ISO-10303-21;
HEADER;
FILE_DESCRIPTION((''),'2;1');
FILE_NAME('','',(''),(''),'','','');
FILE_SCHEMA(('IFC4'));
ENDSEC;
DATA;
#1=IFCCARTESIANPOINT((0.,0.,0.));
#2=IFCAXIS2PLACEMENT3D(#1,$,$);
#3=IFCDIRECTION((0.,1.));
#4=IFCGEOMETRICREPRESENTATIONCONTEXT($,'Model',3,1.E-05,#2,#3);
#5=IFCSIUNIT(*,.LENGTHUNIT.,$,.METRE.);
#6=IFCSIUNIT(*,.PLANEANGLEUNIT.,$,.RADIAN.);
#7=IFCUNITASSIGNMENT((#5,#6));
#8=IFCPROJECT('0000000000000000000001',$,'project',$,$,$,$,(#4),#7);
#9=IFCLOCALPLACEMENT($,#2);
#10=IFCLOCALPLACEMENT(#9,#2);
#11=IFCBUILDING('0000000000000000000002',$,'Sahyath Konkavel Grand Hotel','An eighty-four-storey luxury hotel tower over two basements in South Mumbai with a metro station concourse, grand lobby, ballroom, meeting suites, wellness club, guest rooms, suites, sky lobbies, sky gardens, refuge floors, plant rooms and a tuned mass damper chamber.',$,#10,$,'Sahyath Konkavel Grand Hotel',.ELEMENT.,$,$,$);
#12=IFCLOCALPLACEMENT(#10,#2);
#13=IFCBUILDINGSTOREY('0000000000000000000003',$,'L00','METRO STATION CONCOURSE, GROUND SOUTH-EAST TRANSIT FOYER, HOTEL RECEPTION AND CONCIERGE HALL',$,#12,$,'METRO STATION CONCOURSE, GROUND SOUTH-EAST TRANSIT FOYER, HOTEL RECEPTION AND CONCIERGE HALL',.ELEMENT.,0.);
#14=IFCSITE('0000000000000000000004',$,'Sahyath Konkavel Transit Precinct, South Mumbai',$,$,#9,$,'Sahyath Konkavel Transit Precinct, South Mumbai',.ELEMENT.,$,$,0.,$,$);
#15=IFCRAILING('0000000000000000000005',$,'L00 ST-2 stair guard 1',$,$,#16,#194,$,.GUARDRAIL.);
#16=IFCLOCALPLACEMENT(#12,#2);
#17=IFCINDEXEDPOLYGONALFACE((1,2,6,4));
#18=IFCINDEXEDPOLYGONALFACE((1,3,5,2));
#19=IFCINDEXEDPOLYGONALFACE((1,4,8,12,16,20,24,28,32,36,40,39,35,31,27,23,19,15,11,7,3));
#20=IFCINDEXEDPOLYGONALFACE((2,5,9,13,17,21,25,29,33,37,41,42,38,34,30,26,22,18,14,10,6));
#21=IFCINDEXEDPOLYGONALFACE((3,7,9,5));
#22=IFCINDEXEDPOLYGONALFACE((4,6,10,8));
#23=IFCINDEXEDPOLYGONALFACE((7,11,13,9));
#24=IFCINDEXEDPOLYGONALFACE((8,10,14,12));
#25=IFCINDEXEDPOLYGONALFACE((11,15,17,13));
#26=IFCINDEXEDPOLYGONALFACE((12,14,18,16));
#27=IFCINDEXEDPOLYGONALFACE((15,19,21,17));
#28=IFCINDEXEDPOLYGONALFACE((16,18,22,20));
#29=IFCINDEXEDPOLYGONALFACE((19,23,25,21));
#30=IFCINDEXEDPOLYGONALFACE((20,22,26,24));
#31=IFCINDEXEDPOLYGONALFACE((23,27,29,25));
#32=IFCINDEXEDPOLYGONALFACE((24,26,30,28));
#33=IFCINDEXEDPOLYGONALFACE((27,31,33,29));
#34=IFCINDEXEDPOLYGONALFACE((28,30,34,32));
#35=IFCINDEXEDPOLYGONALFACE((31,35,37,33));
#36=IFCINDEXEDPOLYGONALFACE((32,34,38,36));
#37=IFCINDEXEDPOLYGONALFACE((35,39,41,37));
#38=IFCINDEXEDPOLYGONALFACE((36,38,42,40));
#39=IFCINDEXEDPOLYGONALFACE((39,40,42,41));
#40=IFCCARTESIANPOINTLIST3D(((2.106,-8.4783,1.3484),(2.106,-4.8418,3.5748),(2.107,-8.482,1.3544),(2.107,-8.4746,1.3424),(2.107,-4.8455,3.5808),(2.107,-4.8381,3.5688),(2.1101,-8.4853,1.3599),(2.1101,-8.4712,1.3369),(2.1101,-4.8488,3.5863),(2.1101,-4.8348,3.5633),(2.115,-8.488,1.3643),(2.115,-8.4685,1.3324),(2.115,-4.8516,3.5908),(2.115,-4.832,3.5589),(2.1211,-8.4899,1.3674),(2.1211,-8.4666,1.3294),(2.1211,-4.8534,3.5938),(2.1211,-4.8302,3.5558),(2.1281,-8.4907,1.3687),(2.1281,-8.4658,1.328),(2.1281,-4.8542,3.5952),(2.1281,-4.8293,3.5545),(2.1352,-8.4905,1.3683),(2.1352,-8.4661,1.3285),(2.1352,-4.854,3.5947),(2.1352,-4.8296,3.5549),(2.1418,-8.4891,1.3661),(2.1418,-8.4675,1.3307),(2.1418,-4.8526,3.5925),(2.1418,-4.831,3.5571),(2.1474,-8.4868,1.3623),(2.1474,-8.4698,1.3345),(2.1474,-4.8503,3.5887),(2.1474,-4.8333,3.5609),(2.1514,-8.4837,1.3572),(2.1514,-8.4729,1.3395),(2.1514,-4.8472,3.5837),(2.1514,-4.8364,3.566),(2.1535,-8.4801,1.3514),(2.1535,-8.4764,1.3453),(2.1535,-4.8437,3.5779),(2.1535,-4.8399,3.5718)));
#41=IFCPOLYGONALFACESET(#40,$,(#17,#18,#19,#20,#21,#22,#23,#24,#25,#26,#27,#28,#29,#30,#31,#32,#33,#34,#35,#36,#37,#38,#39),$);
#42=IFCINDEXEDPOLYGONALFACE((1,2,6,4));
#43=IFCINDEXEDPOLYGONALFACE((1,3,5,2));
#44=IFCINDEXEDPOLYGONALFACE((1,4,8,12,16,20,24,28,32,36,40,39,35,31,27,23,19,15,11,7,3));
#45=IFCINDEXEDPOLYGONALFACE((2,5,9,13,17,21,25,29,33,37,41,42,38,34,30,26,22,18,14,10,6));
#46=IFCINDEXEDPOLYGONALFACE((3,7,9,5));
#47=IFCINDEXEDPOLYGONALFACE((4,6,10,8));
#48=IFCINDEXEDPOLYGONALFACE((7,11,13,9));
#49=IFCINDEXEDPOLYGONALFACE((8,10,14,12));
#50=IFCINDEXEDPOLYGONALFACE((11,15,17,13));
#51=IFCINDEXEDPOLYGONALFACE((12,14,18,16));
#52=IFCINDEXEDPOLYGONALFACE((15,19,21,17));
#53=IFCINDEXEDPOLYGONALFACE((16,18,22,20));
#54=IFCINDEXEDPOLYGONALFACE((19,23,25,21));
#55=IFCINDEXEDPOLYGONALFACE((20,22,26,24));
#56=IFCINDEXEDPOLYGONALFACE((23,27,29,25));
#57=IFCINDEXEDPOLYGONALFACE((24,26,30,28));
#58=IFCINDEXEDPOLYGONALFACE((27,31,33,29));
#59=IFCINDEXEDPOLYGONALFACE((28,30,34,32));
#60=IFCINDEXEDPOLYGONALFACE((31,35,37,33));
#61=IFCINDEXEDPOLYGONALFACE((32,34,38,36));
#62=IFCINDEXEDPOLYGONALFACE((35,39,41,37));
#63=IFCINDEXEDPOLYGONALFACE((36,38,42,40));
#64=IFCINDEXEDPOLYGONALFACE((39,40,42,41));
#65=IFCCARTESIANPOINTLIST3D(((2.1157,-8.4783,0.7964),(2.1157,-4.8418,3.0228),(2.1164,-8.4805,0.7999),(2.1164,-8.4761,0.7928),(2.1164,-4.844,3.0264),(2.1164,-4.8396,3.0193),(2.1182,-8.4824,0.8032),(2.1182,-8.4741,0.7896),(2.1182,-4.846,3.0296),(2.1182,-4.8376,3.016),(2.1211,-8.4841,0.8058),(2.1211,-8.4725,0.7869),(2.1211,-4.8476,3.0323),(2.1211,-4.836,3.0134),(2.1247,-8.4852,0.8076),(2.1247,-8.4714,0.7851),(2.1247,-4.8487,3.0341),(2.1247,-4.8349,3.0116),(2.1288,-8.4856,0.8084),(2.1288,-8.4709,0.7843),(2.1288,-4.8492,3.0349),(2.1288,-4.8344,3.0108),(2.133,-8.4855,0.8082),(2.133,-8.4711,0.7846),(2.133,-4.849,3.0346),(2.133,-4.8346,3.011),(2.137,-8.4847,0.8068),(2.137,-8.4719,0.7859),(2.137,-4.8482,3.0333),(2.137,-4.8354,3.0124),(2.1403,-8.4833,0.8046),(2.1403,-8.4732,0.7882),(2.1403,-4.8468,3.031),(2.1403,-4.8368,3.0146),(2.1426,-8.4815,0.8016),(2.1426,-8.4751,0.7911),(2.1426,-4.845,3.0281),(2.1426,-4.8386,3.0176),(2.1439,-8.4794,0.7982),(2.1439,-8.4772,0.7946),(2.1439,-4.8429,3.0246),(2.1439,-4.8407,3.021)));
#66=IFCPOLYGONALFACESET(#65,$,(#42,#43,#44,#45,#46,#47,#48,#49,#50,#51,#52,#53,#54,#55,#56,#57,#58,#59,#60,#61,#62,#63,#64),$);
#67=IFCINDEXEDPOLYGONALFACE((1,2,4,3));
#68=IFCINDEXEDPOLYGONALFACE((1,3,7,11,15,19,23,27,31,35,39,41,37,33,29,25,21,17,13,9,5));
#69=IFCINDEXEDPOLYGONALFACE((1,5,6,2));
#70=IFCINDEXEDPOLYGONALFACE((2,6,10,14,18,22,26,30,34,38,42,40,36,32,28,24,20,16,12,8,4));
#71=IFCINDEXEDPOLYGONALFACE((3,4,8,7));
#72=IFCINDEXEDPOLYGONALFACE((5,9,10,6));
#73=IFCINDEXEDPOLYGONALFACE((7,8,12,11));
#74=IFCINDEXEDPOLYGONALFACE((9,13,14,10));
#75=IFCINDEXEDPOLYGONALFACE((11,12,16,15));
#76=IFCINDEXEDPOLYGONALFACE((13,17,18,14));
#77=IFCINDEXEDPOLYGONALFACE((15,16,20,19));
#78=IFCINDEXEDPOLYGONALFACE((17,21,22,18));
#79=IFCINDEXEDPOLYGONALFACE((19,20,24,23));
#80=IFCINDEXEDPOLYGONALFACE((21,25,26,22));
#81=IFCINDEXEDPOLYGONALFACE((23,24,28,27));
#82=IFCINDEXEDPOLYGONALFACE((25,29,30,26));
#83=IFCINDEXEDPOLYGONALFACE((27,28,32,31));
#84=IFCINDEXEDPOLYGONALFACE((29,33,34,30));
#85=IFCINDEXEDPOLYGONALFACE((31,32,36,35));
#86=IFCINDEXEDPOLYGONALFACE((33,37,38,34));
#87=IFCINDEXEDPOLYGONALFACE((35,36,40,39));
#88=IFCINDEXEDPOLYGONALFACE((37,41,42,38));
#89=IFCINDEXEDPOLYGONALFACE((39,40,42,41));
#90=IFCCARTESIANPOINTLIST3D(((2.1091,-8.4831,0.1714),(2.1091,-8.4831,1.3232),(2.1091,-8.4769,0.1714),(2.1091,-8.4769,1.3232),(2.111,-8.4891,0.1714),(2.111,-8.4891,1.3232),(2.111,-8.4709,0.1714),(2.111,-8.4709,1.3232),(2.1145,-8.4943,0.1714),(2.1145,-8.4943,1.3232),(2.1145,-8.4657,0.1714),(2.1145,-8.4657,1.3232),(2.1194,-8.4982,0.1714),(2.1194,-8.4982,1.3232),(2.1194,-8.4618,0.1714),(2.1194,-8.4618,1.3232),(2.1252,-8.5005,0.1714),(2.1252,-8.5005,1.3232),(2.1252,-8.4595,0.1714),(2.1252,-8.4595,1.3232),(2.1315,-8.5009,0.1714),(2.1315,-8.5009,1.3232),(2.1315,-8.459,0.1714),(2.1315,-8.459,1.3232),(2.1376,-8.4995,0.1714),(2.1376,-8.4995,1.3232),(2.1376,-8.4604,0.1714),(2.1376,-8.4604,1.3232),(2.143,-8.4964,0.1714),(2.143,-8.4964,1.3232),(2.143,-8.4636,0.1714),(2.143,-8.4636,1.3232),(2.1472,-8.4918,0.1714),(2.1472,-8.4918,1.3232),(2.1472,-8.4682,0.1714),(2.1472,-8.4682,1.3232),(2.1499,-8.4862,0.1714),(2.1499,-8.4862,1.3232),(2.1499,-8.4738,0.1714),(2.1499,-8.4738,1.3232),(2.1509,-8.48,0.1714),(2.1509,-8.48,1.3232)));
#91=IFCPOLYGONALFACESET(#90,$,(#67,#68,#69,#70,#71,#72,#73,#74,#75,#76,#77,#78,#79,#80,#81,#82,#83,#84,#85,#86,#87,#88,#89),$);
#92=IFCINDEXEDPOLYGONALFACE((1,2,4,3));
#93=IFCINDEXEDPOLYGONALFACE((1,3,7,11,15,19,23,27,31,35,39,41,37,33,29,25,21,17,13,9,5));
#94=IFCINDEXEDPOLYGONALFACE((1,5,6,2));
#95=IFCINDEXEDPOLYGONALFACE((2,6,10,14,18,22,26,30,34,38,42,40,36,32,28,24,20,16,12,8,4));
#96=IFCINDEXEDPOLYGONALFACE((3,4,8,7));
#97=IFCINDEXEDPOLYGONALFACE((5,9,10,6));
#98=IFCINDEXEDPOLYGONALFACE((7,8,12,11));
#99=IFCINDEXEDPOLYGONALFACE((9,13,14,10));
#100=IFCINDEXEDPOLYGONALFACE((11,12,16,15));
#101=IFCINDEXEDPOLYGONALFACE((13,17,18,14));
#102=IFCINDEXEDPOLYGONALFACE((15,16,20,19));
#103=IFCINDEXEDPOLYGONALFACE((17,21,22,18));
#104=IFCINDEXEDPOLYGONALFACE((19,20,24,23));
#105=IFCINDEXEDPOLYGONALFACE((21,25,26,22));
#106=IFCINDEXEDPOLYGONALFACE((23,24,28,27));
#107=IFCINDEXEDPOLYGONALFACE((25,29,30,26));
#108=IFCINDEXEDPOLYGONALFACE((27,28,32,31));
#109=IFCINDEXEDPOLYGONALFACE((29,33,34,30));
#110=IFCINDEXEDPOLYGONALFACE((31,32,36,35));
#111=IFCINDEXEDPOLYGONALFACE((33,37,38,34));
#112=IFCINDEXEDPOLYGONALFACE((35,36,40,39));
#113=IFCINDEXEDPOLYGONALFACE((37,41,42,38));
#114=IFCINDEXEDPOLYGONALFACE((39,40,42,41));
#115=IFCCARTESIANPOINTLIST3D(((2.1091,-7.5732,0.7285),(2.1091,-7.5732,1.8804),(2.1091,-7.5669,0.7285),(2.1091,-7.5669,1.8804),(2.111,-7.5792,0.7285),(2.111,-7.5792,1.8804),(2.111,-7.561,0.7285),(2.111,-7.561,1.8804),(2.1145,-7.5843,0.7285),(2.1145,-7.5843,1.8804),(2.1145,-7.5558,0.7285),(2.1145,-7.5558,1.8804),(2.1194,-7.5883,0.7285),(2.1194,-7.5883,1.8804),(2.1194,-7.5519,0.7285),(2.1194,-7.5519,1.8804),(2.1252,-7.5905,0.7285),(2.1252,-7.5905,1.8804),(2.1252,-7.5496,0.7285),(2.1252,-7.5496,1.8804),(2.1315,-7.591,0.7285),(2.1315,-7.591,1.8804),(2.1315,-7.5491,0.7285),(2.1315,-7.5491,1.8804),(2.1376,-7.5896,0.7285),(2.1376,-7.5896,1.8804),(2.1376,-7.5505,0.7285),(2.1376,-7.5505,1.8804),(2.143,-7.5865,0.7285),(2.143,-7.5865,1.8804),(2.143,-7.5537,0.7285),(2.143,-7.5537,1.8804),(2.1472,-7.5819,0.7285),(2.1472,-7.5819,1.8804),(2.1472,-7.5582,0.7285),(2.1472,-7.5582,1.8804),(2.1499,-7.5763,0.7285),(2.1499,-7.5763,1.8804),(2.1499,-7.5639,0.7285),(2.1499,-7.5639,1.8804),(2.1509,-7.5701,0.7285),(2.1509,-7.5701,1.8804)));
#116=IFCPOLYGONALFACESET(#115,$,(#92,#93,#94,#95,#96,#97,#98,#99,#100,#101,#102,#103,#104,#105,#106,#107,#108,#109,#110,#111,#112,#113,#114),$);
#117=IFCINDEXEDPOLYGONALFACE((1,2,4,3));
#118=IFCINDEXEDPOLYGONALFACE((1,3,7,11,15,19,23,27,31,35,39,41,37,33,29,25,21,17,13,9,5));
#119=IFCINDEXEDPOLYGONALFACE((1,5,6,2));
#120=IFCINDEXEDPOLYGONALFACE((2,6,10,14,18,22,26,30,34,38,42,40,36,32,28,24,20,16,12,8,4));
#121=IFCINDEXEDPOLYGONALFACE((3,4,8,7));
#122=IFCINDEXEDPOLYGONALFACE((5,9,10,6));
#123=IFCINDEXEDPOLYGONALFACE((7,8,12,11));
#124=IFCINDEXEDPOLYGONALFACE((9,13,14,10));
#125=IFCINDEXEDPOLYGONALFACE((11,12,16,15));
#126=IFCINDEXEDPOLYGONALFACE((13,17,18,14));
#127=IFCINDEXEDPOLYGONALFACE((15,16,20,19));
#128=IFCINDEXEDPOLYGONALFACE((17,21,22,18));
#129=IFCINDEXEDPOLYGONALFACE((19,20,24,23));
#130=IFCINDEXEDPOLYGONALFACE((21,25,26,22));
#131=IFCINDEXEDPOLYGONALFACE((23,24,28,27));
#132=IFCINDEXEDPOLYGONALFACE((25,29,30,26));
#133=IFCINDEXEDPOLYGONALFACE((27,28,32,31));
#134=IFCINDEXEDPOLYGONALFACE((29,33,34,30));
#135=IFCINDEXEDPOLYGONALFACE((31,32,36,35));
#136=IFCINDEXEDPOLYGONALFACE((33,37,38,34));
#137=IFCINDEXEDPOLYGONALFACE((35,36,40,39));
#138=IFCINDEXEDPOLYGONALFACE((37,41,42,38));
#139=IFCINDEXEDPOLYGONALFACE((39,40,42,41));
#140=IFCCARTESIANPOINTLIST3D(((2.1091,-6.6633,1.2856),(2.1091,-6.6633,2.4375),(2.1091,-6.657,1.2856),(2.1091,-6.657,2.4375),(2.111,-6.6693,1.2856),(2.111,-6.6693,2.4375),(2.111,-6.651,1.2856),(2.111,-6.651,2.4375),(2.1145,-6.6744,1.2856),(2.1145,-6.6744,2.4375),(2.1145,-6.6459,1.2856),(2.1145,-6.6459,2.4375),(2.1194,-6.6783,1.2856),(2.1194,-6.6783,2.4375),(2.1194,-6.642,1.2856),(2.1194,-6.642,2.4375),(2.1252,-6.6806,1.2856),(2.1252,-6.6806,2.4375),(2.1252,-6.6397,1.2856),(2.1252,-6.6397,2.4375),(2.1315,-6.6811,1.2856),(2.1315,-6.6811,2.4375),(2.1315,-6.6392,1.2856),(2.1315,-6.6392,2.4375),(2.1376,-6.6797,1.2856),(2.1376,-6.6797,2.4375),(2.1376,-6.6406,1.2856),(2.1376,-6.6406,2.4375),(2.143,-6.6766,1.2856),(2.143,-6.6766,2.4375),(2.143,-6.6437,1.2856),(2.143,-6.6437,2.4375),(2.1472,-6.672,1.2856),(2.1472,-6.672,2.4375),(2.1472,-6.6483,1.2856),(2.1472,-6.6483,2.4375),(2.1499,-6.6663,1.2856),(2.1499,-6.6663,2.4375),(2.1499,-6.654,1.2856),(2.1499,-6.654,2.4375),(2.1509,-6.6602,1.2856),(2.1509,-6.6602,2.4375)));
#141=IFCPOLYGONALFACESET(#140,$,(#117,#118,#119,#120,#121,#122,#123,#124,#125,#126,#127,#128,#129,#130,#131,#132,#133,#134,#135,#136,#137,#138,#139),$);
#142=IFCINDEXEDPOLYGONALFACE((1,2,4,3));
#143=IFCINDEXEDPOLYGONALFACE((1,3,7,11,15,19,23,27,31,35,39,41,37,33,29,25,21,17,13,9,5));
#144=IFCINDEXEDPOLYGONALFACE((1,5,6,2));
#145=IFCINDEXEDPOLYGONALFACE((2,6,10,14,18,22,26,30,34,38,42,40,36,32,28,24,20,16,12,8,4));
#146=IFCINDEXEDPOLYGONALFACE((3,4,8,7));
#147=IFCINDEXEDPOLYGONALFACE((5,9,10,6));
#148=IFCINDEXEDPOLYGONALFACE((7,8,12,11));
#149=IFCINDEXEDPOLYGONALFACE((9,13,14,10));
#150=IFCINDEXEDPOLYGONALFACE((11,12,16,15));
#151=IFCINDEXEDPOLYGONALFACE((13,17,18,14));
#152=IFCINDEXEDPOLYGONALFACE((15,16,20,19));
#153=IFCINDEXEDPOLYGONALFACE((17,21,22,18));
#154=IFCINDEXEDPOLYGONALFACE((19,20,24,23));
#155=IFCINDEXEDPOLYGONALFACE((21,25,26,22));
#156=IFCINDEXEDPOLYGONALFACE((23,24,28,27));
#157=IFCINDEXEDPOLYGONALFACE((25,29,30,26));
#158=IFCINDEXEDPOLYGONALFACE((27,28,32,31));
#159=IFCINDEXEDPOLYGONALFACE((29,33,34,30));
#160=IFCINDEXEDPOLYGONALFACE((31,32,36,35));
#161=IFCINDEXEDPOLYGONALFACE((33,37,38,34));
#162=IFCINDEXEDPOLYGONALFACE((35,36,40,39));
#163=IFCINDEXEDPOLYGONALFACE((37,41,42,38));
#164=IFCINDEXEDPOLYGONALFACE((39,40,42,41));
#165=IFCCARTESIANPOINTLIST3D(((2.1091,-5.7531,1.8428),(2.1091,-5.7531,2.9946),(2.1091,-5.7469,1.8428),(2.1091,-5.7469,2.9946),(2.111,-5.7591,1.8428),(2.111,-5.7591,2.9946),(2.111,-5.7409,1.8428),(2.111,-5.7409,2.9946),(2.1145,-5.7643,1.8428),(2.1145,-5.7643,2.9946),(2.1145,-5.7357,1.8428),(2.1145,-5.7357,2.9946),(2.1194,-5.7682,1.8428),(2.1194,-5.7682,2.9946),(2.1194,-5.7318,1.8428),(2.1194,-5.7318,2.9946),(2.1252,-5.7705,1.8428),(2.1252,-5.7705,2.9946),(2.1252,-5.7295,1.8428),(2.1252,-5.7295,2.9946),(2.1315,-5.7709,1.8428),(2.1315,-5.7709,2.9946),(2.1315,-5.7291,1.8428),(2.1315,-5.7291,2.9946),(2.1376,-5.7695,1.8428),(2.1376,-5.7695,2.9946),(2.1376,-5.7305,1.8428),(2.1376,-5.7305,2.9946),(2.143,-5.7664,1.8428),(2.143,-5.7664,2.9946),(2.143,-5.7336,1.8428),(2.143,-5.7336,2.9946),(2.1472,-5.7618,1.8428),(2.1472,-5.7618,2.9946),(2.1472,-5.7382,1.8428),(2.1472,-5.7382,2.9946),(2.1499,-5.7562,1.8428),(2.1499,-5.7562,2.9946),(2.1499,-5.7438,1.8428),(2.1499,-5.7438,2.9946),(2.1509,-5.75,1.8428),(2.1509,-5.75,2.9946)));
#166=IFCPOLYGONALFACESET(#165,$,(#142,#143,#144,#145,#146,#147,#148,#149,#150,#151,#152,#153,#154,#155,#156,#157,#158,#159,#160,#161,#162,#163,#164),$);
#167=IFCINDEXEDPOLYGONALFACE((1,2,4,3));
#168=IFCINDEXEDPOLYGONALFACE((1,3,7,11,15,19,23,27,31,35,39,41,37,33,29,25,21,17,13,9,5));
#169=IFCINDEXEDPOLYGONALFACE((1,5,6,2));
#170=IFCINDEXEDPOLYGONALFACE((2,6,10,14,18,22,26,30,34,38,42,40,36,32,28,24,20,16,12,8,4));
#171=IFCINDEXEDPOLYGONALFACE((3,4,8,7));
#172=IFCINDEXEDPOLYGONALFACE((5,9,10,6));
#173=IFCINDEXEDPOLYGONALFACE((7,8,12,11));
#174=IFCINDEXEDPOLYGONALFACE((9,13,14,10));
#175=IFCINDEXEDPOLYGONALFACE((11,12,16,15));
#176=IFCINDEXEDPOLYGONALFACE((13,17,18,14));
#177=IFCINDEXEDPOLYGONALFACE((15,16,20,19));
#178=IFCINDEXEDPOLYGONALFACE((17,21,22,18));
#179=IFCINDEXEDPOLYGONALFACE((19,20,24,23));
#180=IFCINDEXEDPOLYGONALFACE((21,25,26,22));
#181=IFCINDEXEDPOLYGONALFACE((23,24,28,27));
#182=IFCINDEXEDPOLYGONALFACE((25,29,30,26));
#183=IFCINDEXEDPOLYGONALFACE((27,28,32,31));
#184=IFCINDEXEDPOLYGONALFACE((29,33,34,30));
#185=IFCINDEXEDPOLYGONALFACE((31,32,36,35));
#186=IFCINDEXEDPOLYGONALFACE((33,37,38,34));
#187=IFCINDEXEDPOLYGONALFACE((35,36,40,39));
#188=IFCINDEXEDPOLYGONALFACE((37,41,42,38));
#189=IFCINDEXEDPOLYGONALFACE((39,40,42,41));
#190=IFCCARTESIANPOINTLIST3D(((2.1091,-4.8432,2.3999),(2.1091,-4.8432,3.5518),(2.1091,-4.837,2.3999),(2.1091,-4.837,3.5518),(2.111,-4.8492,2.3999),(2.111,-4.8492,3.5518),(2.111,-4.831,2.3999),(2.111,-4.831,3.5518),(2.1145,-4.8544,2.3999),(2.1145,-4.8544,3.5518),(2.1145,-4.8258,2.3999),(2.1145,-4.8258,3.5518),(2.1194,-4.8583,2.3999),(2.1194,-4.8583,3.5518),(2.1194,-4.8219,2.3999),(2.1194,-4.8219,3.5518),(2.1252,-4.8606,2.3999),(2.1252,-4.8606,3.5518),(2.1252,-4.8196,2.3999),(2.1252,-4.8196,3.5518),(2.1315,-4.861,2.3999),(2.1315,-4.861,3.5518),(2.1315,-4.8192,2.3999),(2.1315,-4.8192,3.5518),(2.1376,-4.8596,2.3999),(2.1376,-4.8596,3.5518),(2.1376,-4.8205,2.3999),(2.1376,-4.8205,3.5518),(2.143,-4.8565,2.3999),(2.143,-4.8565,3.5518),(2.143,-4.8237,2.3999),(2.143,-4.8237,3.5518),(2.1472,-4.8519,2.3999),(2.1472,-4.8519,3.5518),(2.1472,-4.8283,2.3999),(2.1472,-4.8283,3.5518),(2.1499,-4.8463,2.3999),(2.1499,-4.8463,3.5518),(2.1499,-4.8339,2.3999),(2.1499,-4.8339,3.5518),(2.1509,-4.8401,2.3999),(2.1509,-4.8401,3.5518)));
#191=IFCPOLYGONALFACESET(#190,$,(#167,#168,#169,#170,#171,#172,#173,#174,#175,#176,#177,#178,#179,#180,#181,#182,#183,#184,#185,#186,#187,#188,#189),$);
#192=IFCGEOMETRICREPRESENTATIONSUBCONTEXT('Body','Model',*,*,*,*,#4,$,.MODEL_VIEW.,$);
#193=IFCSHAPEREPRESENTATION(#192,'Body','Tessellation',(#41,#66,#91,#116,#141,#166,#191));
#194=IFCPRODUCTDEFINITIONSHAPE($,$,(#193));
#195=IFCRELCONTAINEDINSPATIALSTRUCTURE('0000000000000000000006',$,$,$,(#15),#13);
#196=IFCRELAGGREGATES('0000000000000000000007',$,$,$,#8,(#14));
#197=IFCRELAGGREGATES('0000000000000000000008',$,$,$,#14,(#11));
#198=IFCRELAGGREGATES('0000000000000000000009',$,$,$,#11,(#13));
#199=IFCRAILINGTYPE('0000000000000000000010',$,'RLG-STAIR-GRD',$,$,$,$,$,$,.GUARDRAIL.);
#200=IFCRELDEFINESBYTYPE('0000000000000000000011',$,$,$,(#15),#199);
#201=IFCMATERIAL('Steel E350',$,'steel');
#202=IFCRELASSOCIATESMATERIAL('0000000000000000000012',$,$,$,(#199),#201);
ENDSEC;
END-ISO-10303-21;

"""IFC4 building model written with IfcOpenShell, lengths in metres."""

from ifc_helpers import new_model, si_unit, direction, frame, origin, origin_2d, place, context, subcontext, project, spatial, circle, extrude, material, type_object, element, save


model = new_model("IFC4")

# Units and contexts
model_context = context("Model", 3, precision=1e-05, world=origin(), true_north=direction((0.0, 1.0)))
body_context = subcontext(model_context, "Body", "Model", "MODEL_VIEW")
ifc_project = project(units=[si_unit("LENGTHUNIT", "METRE"), si_unit("PLANEANGLEUNIT", "RADIAN")], contexts=[model_context])

# Site, building, storey
site_placement = place(None, origin())
site = spatial("IfcSite", under=ifc_project, at=site_placement, Name="Sahyath Konkavel Transit Precinct, South Mumbai", LongName="Sahyath Konkavel Transit Precinct, South Mumbai", CompositionType="ELEMENT", RefElevation=0.0)
building_placement = place(site_placement, origin())
building = spatial("IfcBuilding", under=site, at=building_placement, Name="Sahyath Konkavel Grand Hotel", Description="An eighty-four-storey luxury hotel tower over two basements in South Mumbai with a metro station concourse, grand lobby, ballroom, meeting suites, wellness club, guest rooms, suites, sky lobbies, sky gardens, refuge floors, plant rooms and a tuned mass damper chamber.", LongName="Sahyath Konkavel Grand Hotel", CompositionType="ELEMENT")
storey_placement = place(building_placement, origin())
storey = spatial("IfcBuildingStorey", under=building, at=storey_placement, Name="L00", Description="METRO STATION CONCOURSE, GROUND SOUTH-EAST TRANSIT FOYER, HOTEL RECEPTION AND CONCIERGE HALL", LongName="METRO STATION CONCOURSE, GROUND SOUTH-EAST TRANSIT FOYER, HOTEL RECEPTION AND CONCIERGE HALL", CompositionType="ELEMENT", Elevation=0.0)

# Shared definitions
ifc_material_1 = material(Name="Steel E350", Category="steel")

# Railing
railing_type_1 = type_object("IfcRailingType", Name="RLG-STAIR-GRD", PredefinedType="GUARDRAIL", material=ifc_material_1)
railing_1_placement = place(storey_placement, frame((2.1299, -8.48, 0.1714)))
element("IfcRailing", 1, at=railing_1_placement, inside=storey, type_object=railing_type_1, Name="L00 ST-2 stair guard 1", PredefinedType="GUARDRAIL", context=body_context, shape_type="SweptSolid", body=[
    extrude(circle(Radius=0.0239, at=origin_2d()), frame((0.0, 0.0017, 1.177), z_axis=(0.0, 0.85285, 0.522156), x_axis=(-1.0, 0.0, 0.0)), (0.0, 0.0, 1.0), 4.2639),
    extrude(circle(Radius=0.0142, at=origin_2d()), frame((0.0, 0.0017, 0.625), z_axis=(0.0, 0.85285, 0.522156), x_axis=(-1.0, 0.0, 0.0)), (0.0, 0.0, 1.0), 4.2639),
    extrude(circle(Radius=0.021, at=origin_2d()), origin(), (0.0, 0.0, 1.0), 1.1519),
    extrude(circle(Radius=0.021, at=origin_2d()), frame((0.0, 0.9099, 0.5571)), (0.0, 0.0, 1.0), 1.1519),
    extrude(circle(Radius=0.021, at=origin_2d()), frame((0.0, 1.8198, 1.1143)), (0.0, 0.0, 1.0), 1.1519),
    extrude(circle(Radius=0.021, at=origin_2d()), frame((0.0, 2.73, 1.6714)), (0.0, 0.0, 1.0), 1.1519),
    extrude(circle(Radius=0.021, at=origin_2d()), frame((0.0, 3.6399, 2.2285)), (0.0, 0.0, 1.0), 1.1519),
])

save(model, "model.ifc")
